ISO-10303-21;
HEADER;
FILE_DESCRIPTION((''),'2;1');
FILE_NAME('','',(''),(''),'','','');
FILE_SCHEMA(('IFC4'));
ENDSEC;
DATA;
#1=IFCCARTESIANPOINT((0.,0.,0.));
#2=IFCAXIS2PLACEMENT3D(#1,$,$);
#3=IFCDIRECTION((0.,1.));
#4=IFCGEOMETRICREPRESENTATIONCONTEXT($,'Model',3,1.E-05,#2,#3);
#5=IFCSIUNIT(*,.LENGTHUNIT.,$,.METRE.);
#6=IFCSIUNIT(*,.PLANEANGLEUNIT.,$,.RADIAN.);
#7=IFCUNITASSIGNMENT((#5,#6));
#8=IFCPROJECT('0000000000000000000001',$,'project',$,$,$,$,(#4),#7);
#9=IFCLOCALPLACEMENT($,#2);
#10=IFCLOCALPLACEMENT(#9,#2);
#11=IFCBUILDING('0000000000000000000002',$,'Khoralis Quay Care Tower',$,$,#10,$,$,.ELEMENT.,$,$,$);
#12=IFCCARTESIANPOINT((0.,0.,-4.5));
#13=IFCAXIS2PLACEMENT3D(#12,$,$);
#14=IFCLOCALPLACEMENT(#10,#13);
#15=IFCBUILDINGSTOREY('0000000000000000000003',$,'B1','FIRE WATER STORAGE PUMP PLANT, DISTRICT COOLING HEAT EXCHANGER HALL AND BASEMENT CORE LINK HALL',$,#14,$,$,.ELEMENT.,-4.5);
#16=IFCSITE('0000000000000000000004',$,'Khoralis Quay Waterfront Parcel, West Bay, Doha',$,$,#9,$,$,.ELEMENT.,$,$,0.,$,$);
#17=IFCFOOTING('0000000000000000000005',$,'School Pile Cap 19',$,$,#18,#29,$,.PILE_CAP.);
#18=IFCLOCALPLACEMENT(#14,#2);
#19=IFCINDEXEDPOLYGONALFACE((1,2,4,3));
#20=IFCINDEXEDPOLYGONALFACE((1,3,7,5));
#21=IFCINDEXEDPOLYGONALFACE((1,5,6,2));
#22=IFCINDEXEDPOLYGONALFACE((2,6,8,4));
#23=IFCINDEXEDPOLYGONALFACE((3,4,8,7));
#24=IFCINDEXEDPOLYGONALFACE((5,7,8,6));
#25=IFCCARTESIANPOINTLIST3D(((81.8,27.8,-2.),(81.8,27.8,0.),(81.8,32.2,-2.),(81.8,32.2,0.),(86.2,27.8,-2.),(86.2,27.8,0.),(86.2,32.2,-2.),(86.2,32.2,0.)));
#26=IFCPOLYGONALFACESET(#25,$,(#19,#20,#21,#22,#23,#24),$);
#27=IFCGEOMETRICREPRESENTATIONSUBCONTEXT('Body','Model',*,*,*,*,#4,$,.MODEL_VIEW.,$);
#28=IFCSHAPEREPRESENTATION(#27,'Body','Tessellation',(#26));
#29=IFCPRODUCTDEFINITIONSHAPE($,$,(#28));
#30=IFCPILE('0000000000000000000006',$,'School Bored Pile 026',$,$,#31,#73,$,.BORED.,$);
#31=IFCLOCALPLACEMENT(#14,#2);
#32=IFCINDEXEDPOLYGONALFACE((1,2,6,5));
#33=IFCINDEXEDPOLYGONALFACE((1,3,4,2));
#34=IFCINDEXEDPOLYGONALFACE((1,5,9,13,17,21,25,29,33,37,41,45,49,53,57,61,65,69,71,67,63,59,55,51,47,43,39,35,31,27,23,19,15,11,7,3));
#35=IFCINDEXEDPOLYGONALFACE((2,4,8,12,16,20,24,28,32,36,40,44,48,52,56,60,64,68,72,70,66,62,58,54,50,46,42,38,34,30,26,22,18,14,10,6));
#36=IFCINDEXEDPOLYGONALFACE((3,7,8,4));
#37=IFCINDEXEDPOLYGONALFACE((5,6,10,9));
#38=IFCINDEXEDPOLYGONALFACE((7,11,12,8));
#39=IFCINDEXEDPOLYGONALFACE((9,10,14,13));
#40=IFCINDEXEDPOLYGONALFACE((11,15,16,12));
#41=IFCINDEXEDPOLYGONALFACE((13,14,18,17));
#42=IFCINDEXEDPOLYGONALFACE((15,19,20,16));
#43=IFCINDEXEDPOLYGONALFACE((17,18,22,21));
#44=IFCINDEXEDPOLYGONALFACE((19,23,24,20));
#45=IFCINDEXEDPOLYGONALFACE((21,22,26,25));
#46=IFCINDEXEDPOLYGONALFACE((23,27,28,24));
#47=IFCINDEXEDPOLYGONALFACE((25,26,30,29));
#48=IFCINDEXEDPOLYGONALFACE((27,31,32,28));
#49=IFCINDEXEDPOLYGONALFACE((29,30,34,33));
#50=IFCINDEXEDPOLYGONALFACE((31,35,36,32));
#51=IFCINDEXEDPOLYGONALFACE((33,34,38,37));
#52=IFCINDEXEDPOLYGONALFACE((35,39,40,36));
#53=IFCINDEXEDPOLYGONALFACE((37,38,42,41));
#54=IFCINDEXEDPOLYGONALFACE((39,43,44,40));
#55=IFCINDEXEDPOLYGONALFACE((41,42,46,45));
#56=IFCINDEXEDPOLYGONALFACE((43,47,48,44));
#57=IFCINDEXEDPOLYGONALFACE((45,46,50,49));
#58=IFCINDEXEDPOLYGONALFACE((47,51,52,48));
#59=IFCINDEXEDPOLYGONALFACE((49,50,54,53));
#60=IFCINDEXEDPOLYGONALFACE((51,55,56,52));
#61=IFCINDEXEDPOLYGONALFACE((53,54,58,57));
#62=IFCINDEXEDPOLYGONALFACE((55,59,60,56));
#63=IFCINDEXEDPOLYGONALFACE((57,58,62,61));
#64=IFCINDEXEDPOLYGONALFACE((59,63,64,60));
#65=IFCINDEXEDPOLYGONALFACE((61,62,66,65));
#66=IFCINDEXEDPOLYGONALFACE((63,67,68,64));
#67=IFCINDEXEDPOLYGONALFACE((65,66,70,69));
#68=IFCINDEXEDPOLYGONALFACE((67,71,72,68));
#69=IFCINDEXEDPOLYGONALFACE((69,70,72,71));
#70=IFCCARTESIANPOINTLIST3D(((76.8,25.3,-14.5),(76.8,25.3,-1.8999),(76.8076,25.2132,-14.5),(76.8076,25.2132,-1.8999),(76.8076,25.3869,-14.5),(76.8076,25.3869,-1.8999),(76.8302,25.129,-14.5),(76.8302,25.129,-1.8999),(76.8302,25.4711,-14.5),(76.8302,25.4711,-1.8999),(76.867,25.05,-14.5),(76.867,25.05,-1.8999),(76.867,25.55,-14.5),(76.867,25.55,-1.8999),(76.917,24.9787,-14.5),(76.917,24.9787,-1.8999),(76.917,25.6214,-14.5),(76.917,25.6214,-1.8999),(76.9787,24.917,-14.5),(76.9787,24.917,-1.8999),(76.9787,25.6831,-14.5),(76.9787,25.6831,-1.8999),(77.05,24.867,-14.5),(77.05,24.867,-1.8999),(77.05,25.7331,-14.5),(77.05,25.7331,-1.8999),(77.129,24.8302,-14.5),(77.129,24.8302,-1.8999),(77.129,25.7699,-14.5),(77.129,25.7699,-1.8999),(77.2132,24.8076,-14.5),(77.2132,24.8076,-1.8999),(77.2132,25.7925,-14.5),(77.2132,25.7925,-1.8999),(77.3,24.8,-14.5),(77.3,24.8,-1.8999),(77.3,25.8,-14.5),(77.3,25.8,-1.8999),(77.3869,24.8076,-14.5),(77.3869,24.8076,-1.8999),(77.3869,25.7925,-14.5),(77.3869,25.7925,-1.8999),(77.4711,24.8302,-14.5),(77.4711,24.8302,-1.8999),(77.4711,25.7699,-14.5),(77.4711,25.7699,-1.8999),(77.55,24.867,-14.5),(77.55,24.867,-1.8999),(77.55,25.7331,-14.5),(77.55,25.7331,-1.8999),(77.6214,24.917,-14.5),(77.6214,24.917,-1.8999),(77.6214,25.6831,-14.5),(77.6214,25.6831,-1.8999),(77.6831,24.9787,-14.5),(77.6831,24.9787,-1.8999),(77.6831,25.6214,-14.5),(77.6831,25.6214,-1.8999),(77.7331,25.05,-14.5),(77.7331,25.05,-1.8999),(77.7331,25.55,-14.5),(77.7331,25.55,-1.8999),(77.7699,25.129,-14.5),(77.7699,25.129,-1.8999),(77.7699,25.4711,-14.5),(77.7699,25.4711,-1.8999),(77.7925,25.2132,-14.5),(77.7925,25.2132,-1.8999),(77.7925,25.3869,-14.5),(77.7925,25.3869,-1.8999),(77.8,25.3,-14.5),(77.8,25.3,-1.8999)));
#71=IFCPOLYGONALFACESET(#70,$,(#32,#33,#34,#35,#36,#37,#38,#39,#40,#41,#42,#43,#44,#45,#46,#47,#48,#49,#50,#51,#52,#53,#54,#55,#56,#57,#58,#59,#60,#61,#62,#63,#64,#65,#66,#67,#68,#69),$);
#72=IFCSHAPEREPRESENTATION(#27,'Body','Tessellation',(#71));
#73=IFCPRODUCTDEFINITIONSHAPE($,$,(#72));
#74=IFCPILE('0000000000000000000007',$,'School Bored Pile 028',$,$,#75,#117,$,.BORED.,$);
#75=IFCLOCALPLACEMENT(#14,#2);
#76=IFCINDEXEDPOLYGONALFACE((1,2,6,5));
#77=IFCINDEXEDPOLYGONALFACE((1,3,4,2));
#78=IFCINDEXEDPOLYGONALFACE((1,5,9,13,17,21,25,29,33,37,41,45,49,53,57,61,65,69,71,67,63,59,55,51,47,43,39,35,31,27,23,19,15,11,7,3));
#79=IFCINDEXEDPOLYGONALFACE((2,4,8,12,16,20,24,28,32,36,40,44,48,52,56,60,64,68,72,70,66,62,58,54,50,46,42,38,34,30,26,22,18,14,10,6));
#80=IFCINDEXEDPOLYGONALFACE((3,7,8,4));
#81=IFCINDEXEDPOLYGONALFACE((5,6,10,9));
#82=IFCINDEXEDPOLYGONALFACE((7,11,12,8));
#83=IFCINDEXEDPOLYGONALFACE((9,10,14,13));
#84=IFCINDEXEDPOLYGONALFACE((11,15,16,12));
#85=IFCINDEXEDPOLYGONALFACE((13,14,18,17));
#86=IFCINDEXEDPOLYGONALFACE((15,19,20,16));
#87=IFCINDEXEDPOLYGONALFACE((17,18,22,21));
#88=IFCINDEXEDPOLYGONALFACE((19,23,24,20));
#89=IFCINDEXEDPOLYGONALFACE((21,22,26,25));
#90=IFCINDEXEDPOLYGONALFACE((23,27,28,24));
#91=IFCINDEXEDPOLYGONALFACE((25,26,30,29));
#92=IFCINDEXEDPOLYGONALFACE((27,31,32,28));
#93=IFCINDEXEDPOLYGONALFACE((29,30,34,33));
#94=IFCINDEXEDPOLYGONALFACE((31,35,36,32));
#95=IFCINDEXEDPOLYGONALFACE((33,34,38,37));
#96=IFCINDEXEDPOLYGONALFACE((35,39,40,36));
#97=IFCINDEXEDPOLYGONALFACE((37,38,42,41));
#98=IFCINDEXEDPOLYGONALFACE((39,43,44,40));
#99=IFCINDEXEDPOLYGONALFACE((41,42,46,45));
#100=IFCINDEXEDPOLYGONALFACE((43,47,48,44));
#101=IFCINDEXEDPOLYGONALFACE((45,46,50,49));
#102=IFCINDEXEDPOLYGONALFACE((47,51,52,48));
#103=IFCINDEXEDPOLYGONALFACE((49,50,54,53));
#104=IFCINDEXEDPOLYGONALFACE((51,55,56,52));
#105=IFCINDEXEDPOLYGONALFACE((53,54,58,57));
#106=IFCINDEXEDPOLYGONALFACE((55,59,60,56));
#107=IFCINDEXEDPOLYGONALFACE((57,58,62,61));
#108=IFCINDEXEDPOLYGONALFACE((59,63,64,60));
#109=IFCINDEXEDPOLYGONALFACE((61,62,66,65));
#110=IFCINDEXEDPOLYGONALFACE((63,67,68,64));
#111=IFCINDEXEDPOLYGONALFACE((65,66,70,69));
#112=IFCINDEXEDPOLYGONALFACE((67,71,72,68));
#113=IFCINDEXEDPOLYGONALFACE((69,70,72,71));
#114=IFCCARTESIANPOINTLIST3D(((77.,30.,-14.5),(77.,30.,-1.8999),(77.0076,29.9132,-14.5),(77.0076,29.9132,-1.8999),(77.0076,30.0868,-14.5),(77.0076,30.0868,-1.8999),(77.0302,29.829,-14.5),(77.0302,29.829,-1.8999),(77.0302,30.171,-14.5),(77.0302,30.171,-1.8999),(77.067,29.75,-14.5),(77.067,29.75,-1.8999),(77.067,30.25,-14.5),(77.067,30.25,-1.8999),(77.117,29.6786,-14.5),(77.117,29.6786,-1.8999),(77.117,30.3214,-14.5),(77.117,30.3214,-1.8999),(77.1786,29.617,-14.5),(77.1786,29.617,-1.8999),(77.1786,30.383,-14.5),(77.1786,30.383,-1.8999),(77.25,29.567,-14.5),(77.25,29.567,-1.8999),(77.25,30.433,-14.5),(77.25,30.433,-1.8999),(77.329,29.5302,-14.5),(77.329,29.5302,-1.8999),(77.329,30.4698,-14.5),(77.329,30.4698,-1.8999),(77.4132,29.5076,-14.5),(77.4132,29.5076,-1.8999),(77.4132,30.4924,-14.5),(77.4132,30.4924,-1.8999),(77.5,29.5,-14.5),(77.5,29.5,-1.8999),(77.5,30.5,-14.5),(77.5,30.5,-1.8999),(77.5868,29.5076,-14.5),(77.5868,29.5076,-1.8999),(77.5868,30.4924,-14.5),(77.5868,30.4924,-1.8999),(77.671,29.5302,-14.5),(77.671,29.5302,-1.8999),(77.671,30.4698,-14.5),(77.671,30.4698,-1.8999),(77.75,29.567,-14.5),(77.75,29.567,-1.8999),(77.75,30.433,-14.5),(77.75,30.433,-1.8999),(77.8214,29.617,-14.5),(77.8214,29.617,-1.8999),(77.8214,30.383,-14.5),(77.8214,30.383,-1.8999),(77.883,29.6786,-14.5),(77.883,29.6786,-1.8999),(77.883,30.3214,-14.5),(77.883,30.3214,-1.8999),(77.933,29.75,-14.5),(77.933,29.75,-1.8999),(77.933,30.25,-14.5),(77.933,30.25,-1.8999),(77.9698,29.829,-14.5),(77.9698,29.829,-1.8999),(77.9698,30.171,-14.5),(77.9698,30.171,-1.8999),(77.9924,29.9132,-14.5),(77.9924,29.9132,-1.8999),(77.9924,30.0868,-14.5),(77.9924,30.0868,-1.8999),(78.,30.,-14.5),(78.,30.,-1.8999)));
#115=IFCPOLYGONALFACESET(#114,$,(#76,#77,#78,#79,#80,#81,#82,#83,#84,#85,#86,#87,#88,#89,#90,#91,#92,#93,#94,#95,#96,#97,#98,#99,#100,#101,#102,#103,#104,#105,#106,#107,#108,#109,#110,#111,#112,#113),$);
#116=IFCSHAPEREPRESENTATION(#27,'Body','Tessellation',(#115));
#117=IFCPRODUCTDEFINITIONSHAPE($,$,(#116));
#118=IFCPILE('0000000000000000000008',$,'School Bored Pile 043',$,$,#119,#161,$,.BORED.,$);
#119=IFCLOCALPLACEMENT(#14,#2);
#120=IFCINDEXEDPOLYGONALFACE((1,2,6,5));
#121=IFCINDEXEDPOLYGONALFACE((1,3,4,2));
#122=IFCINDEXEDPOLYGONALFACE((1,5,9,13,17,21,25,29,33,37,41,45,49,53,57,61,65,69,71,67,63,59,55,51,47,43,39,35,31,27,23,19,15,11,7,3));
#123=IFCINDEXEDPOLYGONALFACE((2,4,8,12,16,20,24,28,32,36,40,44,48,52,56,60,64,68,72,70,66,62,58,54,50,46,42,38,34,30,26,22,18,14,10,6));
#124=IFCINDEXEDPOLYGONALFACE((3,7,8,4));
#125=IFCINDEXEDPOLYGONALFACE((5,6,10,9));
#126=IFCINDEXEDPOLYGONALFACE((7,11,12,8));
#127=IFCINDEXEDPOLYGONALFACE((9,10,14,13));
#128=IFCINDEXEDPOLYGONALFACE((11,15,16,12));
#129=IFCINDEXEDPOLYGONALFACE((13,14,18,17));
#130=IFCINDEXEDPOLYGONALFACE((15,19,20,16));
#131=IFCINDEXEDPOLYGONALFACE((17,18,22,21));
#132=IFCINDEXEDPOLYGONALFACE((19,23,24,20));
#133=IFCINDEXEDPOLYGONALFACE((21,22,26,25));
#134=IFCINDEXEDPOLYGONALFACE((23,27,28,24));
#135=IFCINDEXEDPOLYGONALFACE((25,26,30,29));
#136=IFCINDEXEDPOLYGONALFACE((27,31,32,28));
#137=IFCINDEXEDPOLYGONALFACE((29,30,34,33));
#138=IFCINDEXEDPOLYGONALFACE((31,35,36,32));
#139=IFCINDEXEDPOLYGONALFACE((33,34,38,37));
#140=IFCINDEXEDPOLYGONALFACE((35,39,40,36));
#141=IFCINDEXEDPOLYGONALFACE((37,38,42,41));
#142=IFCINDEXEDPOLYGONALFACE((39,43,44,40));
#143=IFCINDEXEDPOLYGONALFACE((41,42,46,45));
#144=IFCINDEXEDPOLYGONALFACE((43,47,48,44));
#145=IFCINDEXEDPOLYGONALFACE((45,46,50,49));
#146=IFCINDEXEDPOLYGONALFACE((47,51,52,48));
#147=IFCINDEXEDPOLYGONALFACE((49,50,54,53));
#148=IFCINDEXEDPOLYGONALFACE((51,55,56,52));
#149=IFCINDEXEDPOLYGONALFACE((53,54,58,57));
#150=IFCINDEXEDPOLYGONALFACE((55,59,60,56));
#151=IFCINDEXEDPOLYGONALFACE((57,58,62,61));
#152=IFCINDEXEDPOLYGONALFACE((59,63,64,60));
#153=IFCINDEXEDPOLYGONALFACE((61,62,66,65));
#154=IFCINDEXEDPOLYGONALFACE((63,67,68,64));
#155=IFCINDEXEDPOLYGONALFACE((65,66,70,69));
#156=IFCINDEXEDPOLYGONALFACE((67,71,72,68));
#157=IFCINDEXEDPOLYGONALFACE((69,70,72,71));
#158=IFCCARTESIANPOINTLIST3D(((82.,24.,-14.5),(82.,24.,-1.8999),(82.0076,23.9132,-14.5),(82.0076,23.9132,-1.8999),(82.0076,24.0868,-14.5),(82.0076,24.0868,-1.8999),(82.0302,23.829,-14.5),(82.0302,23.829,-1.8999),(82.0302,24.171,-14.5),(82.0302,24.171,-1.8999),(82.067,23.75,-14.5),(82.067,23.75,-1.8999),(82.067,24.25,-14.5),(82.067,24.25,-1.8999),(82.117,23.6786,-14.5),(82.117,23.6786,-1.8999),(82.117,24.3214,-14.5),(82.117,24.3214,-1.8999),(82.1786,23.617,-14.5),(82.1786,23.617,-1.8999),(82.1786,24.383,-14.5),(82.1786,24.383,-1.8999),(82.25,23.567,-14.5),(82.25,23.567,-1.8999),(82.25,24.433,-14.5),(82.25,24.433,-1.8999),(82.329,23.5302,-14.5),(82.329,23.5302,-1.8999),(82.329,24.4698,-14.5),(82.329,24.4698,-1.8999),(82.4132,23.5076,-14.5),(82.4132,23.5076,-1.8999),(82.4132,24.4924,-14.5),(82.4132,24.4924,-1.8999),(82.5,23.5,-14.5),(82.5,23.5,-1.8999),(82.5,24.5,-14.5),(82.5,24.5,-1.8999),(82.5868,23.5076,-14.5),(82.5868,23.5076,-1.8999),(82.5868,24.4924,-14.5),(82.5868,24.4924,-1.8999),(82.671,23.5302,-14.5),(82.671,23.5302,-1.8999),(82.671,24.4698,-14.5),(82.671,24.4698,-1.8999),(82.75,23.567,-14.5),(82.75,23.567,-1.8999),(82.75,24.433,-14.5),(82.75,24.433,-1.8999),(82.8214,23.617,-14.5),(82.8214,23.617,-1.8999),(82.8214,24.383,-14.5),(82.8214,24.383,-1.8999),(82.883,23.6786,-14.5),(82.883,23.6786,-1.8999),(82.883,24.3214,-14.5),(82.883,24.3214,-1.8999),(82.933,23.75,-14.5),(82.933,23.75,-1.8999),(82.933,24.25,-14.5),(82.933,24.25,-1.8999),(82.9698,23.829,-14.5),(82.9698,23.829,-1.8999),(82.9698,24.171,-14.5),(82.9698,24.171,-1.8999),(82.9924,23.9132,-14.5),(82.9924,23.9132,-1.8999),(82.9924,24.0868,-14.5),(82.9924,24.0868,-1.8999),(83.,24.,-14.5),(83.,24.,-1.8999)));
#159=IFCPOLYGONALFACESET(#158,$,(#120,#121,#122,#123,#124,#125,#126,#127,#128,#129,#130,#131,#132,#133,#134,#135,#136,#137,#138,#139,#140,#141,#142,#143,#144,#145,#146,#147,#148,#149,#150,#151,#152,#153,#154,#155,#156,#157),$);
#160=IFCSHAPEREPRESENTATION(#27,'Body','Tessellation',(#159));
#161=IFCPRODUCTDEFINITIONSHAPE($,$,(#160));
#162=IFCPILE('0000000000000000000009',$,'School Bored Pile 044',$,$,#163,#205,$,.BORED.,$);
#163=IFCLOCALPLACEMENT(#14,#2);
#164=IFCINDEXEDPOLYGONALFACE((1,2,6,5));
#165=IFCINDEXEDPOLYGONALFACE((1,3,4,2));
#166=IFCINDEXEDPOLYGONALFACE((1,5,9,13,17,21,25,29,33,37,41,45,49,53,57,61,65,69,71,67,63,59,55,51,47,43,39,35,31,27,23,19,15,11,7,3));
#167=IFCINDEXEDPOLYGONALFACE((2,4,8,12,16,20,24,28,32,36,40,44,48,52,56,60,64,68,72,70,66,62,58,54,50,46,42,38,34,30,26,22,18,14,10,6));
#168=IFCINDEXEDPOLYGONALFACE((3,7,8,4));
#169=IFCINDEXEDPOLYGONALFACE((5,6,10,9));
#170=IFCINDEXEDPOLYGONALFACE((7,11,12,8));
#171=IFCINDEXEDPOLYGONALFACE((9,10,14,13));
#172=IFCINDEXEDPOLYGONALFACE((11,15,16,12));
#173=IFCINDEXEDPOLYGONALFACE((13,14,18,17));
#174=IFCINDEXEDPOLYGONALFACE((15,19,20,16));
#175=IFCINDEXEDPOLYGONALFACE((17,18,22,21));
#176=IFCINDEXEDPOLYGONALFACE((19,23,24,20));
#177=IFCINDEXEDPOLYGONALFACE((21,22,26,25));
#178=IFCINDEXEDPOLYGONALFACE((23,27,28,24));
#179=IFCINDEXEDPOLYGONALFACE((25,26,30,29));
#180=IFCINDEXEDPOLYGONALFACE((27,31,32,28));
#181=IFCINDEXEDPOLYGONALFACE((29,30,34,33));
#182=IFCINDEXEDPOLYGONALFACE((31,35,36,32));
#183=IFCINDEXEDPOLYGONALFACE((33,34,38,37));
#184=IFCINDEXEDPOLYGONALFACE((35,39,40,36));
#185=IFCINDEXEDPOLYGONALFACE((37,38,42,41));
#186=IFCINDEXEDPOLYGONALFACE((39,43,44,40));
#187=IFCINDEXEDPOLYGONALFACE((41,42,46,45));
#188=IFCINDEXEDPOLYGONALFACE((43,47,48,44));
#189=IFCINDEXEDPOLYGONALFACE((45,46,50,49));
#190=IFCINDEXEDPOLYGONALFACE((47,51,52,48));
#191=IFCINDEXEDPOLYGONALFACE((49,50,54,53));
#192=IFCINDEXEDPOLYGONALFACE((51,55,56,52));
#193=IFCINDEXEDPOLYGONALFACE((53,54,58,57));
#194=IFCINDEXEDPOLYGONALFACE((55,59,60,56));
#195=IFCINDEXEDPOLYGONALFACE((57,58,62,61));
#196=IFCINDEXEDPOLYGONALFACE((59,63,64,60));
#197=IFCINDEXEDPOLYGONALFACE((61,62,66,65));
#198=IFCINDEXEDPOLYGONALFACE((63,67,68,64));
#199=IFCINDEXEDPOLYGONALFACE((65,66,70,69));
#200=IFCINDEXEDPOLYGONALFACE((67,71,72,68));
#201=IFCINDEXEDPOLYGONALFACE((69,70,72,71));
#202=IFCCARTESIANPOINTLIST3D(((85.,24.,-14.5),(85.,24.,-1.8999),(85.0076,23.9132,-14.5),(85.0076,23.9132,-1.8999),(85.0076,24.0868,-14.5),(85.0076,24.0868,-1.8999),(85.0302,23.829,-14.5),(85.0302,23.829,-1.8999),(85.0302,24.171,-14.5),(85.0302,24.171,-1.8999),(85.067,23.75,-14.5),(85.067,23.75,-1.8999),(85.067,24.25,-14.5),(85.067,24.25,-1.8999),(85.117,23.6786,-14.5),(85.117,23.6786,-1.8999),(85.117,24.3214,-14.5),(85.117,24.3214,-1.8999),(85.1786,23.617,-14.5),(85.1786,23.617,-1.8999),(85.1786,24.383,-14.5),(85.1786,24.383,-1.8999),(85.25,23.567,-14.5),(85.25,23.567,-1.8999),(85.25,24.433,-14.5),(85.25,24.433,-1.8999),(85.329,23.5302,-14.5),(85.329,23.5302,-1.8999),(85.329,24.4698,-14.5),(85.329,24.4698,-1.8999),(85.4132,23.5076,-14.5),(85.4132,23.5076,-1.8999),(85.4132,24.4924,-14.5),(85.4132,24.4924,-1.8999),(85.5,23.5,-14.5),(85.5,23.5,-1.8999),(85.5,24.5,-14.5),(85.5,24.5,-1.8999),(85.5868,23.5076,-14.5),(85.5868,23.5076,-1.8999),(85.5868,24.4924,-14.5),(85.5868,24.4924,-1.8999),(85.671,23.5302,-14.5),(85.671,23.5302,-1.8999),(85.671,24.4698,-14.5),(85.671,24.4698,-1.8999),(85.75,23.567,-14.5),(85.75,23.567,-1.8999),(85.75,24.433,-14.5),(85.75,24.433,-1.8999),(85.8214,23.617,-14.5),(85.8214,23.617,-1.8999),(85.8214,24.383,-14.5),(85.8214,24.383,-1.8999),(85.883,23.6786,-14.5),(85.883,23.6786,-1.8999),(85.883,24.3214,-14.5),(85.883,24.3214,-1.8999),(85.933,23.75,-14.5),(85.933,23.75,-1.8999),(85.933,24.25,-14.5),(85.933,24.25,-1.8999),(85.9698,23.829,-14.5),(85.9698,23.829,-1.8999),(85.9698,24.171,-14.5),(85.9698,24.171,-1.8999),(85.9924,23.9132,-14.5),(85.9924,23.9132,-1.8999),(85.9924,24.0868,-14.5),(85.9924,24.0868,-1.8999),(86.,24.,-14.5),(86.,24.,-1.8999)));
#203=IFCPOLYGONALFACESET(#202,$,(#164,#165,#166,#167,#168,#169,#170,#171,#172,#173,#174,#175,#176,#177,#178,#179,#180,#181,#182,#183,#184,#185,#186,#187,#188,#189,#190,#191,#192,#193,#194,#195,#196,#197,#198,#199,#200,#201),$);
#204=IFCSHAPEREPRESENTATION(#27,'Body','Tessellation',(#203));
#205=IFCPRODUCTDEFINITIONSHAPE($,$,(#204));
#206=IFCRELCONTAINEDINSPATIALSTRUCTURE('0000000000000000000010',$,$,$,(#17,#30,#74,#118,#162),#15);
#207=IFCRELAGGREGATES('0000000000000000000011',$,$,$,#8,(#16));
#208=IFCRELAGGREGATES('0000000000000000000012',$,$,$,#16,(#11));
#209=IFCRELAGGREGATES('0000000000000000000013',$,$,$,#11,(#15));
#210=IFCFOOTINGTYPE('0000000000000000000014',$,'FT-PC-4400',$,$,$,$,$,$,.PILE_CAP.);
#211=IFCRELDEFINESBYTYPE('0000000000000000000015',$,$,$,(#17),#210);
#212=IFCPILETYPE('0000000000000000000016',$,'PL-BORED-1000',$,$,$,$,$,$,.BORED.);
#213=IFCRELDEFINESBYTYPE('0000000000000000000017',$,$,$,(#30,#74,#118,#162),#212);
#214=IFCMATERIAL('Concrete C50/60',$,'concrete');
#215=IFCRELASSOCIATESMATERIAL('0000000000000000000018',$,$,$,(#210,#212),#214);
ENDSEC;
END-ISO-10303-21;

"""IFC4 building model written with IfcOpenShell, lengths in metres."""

from ifc_helpers import new_model, si_unit, direction, frame, origin, origin_2d, place, context, subcontext, project, spatial, rectangle, circle, extrude, source, transform, mapped, material, material_profile, profile_set, type_object, element, save


model = new_model("IFC4")

# Units and contexts
model_context = context("Model", 3, precision=1e-05, world=origin(), true_north=direction((0.0, 1.0)))
body_context = subcontext(model_context, "Body", "Model", "MODEL_VIEW")
ifc_project = project(units=[si_unit("LENGTHUNIT", "METRE"), si_unit("PLANEANGLEUNIT", "RADIAN")], contexts=[model_context])

# Site, building, storey
site_placement = place(None, origin())
site = spatial("IfcSite", under=ifc_project, at=site_placement, Name="Khoralis Quay Waterfront Parcel, West Bay, Doha", CompositionType="ELEMENT", RefElevation=0.0)
building_placement = place(site_placement, origin())
building = spatial("IfcBuilding", under=site, at=building_placement, Name="Khoralis Quay Care Tower", CompositionType="ELEMENT")
storey_placement = place(building_placement, frame((0.0, 0.0, -4.5)))
storey = spatial("IfcBuildingStorey", under=building, at=storey_placement, Name="B1", Description="FIRE WATER STORAGE PUMP PLANT, DISTRICT COOLING HEAT EXCHANGER HALL AND BASEMENT CORE LINK HALL", CompositionType="ELEMENT", Elevation=-4.5)

# Footing
ifc_material_1 = material(Name="Concrete C50/60", Category="concrete")
footing_type_1 = type_object("IfcFootingType", Name="FT-PC-4400", PredefinedType="PILE_CAP", material=ifc_material_1)
shared_shape_1 = source(origin(), body_context, "Body", "SweptSolid", [
    extrude(rectangle(XDim=4.3999, YDim=4.3999, at=origin_2d()), origin(), (0.0, 0.0, 1.0), 2.0),
])
footing_1_placement = place(storey_placement, frame((84.0, 30.0, -2.0), z_axis=(0.0, 0.0, 1.0), x_axis=(1.0, 0.0, 0.0)))
element("IfcFooting", 1, at=footing_1_placement, inside=storey, type_object=footing_type_1, Name="School Pile Cap 19", PredefinedType="PILE_CAP", context=body_context, shape_type="MappedRepresentation", body=[
    mapped(shared_shape_1, transform((0.0, 0.0, 0.0), scale=1.0)),
])

# Piles
ifc_material_profile_1 = material_profile(ifc_material_1, circle(Radius=0.5, at=origin_2d()), Name="Concrete C50/60")
ifc_profile_set_1 = profile_set([ifc_material_profile_1], Name="Concrete C50/60")
pile_type = type_object("IfcPileType", Name="PL-BORED-1000", PredefinedType="BORED", material=ifc_profile_set_1)
shared_shape_2 = source(origin(), body_context, "Body", "SweptSolid", [
    extrude(circle(Radius=0.5, at=origin_2d()), origin(), (0.0, 0.0, 1.0), 12.6001),
])
for number, where, z_axis, x_axis, name in (
    (2, (77.3, 25.3, -1.8999), (0.0, 0.0, -1.0), (1.0, 0.0, 0.0), "School Bored Pile 026"),
    (3, (77.5, 30.0, -1.8999), (0.0, 0.0, -1.0), (1.0, 0.0, 0.0), "School Bored Pile 028"),
    (4, (82.5, 24.0, -1.8999), (0.0, 0.0, -1.0), (1.0, 0.0, 0.0), "School Bored Pile 043"),
    (5, (85.5, 24.0, -1.8999), (0.0, 0.0, -1.0), (1.0, 0.0, 0.0), "School Bored Pile 044"),
):
    element("IfcPile", number, at=place(storey_placement, frame(where, z_axis=z_axis, x_axis=x_axis)), inside=storey, type_object=pile_type, Name=name, PredefinedType="BORED", context=body_context, shape_type="MappedRepresentation", body=[
        mapped(shared_shape_2, transform((0.0, 0.0, 0.0), scale=1.0)),
    ])

save(model, "model.ifc")
